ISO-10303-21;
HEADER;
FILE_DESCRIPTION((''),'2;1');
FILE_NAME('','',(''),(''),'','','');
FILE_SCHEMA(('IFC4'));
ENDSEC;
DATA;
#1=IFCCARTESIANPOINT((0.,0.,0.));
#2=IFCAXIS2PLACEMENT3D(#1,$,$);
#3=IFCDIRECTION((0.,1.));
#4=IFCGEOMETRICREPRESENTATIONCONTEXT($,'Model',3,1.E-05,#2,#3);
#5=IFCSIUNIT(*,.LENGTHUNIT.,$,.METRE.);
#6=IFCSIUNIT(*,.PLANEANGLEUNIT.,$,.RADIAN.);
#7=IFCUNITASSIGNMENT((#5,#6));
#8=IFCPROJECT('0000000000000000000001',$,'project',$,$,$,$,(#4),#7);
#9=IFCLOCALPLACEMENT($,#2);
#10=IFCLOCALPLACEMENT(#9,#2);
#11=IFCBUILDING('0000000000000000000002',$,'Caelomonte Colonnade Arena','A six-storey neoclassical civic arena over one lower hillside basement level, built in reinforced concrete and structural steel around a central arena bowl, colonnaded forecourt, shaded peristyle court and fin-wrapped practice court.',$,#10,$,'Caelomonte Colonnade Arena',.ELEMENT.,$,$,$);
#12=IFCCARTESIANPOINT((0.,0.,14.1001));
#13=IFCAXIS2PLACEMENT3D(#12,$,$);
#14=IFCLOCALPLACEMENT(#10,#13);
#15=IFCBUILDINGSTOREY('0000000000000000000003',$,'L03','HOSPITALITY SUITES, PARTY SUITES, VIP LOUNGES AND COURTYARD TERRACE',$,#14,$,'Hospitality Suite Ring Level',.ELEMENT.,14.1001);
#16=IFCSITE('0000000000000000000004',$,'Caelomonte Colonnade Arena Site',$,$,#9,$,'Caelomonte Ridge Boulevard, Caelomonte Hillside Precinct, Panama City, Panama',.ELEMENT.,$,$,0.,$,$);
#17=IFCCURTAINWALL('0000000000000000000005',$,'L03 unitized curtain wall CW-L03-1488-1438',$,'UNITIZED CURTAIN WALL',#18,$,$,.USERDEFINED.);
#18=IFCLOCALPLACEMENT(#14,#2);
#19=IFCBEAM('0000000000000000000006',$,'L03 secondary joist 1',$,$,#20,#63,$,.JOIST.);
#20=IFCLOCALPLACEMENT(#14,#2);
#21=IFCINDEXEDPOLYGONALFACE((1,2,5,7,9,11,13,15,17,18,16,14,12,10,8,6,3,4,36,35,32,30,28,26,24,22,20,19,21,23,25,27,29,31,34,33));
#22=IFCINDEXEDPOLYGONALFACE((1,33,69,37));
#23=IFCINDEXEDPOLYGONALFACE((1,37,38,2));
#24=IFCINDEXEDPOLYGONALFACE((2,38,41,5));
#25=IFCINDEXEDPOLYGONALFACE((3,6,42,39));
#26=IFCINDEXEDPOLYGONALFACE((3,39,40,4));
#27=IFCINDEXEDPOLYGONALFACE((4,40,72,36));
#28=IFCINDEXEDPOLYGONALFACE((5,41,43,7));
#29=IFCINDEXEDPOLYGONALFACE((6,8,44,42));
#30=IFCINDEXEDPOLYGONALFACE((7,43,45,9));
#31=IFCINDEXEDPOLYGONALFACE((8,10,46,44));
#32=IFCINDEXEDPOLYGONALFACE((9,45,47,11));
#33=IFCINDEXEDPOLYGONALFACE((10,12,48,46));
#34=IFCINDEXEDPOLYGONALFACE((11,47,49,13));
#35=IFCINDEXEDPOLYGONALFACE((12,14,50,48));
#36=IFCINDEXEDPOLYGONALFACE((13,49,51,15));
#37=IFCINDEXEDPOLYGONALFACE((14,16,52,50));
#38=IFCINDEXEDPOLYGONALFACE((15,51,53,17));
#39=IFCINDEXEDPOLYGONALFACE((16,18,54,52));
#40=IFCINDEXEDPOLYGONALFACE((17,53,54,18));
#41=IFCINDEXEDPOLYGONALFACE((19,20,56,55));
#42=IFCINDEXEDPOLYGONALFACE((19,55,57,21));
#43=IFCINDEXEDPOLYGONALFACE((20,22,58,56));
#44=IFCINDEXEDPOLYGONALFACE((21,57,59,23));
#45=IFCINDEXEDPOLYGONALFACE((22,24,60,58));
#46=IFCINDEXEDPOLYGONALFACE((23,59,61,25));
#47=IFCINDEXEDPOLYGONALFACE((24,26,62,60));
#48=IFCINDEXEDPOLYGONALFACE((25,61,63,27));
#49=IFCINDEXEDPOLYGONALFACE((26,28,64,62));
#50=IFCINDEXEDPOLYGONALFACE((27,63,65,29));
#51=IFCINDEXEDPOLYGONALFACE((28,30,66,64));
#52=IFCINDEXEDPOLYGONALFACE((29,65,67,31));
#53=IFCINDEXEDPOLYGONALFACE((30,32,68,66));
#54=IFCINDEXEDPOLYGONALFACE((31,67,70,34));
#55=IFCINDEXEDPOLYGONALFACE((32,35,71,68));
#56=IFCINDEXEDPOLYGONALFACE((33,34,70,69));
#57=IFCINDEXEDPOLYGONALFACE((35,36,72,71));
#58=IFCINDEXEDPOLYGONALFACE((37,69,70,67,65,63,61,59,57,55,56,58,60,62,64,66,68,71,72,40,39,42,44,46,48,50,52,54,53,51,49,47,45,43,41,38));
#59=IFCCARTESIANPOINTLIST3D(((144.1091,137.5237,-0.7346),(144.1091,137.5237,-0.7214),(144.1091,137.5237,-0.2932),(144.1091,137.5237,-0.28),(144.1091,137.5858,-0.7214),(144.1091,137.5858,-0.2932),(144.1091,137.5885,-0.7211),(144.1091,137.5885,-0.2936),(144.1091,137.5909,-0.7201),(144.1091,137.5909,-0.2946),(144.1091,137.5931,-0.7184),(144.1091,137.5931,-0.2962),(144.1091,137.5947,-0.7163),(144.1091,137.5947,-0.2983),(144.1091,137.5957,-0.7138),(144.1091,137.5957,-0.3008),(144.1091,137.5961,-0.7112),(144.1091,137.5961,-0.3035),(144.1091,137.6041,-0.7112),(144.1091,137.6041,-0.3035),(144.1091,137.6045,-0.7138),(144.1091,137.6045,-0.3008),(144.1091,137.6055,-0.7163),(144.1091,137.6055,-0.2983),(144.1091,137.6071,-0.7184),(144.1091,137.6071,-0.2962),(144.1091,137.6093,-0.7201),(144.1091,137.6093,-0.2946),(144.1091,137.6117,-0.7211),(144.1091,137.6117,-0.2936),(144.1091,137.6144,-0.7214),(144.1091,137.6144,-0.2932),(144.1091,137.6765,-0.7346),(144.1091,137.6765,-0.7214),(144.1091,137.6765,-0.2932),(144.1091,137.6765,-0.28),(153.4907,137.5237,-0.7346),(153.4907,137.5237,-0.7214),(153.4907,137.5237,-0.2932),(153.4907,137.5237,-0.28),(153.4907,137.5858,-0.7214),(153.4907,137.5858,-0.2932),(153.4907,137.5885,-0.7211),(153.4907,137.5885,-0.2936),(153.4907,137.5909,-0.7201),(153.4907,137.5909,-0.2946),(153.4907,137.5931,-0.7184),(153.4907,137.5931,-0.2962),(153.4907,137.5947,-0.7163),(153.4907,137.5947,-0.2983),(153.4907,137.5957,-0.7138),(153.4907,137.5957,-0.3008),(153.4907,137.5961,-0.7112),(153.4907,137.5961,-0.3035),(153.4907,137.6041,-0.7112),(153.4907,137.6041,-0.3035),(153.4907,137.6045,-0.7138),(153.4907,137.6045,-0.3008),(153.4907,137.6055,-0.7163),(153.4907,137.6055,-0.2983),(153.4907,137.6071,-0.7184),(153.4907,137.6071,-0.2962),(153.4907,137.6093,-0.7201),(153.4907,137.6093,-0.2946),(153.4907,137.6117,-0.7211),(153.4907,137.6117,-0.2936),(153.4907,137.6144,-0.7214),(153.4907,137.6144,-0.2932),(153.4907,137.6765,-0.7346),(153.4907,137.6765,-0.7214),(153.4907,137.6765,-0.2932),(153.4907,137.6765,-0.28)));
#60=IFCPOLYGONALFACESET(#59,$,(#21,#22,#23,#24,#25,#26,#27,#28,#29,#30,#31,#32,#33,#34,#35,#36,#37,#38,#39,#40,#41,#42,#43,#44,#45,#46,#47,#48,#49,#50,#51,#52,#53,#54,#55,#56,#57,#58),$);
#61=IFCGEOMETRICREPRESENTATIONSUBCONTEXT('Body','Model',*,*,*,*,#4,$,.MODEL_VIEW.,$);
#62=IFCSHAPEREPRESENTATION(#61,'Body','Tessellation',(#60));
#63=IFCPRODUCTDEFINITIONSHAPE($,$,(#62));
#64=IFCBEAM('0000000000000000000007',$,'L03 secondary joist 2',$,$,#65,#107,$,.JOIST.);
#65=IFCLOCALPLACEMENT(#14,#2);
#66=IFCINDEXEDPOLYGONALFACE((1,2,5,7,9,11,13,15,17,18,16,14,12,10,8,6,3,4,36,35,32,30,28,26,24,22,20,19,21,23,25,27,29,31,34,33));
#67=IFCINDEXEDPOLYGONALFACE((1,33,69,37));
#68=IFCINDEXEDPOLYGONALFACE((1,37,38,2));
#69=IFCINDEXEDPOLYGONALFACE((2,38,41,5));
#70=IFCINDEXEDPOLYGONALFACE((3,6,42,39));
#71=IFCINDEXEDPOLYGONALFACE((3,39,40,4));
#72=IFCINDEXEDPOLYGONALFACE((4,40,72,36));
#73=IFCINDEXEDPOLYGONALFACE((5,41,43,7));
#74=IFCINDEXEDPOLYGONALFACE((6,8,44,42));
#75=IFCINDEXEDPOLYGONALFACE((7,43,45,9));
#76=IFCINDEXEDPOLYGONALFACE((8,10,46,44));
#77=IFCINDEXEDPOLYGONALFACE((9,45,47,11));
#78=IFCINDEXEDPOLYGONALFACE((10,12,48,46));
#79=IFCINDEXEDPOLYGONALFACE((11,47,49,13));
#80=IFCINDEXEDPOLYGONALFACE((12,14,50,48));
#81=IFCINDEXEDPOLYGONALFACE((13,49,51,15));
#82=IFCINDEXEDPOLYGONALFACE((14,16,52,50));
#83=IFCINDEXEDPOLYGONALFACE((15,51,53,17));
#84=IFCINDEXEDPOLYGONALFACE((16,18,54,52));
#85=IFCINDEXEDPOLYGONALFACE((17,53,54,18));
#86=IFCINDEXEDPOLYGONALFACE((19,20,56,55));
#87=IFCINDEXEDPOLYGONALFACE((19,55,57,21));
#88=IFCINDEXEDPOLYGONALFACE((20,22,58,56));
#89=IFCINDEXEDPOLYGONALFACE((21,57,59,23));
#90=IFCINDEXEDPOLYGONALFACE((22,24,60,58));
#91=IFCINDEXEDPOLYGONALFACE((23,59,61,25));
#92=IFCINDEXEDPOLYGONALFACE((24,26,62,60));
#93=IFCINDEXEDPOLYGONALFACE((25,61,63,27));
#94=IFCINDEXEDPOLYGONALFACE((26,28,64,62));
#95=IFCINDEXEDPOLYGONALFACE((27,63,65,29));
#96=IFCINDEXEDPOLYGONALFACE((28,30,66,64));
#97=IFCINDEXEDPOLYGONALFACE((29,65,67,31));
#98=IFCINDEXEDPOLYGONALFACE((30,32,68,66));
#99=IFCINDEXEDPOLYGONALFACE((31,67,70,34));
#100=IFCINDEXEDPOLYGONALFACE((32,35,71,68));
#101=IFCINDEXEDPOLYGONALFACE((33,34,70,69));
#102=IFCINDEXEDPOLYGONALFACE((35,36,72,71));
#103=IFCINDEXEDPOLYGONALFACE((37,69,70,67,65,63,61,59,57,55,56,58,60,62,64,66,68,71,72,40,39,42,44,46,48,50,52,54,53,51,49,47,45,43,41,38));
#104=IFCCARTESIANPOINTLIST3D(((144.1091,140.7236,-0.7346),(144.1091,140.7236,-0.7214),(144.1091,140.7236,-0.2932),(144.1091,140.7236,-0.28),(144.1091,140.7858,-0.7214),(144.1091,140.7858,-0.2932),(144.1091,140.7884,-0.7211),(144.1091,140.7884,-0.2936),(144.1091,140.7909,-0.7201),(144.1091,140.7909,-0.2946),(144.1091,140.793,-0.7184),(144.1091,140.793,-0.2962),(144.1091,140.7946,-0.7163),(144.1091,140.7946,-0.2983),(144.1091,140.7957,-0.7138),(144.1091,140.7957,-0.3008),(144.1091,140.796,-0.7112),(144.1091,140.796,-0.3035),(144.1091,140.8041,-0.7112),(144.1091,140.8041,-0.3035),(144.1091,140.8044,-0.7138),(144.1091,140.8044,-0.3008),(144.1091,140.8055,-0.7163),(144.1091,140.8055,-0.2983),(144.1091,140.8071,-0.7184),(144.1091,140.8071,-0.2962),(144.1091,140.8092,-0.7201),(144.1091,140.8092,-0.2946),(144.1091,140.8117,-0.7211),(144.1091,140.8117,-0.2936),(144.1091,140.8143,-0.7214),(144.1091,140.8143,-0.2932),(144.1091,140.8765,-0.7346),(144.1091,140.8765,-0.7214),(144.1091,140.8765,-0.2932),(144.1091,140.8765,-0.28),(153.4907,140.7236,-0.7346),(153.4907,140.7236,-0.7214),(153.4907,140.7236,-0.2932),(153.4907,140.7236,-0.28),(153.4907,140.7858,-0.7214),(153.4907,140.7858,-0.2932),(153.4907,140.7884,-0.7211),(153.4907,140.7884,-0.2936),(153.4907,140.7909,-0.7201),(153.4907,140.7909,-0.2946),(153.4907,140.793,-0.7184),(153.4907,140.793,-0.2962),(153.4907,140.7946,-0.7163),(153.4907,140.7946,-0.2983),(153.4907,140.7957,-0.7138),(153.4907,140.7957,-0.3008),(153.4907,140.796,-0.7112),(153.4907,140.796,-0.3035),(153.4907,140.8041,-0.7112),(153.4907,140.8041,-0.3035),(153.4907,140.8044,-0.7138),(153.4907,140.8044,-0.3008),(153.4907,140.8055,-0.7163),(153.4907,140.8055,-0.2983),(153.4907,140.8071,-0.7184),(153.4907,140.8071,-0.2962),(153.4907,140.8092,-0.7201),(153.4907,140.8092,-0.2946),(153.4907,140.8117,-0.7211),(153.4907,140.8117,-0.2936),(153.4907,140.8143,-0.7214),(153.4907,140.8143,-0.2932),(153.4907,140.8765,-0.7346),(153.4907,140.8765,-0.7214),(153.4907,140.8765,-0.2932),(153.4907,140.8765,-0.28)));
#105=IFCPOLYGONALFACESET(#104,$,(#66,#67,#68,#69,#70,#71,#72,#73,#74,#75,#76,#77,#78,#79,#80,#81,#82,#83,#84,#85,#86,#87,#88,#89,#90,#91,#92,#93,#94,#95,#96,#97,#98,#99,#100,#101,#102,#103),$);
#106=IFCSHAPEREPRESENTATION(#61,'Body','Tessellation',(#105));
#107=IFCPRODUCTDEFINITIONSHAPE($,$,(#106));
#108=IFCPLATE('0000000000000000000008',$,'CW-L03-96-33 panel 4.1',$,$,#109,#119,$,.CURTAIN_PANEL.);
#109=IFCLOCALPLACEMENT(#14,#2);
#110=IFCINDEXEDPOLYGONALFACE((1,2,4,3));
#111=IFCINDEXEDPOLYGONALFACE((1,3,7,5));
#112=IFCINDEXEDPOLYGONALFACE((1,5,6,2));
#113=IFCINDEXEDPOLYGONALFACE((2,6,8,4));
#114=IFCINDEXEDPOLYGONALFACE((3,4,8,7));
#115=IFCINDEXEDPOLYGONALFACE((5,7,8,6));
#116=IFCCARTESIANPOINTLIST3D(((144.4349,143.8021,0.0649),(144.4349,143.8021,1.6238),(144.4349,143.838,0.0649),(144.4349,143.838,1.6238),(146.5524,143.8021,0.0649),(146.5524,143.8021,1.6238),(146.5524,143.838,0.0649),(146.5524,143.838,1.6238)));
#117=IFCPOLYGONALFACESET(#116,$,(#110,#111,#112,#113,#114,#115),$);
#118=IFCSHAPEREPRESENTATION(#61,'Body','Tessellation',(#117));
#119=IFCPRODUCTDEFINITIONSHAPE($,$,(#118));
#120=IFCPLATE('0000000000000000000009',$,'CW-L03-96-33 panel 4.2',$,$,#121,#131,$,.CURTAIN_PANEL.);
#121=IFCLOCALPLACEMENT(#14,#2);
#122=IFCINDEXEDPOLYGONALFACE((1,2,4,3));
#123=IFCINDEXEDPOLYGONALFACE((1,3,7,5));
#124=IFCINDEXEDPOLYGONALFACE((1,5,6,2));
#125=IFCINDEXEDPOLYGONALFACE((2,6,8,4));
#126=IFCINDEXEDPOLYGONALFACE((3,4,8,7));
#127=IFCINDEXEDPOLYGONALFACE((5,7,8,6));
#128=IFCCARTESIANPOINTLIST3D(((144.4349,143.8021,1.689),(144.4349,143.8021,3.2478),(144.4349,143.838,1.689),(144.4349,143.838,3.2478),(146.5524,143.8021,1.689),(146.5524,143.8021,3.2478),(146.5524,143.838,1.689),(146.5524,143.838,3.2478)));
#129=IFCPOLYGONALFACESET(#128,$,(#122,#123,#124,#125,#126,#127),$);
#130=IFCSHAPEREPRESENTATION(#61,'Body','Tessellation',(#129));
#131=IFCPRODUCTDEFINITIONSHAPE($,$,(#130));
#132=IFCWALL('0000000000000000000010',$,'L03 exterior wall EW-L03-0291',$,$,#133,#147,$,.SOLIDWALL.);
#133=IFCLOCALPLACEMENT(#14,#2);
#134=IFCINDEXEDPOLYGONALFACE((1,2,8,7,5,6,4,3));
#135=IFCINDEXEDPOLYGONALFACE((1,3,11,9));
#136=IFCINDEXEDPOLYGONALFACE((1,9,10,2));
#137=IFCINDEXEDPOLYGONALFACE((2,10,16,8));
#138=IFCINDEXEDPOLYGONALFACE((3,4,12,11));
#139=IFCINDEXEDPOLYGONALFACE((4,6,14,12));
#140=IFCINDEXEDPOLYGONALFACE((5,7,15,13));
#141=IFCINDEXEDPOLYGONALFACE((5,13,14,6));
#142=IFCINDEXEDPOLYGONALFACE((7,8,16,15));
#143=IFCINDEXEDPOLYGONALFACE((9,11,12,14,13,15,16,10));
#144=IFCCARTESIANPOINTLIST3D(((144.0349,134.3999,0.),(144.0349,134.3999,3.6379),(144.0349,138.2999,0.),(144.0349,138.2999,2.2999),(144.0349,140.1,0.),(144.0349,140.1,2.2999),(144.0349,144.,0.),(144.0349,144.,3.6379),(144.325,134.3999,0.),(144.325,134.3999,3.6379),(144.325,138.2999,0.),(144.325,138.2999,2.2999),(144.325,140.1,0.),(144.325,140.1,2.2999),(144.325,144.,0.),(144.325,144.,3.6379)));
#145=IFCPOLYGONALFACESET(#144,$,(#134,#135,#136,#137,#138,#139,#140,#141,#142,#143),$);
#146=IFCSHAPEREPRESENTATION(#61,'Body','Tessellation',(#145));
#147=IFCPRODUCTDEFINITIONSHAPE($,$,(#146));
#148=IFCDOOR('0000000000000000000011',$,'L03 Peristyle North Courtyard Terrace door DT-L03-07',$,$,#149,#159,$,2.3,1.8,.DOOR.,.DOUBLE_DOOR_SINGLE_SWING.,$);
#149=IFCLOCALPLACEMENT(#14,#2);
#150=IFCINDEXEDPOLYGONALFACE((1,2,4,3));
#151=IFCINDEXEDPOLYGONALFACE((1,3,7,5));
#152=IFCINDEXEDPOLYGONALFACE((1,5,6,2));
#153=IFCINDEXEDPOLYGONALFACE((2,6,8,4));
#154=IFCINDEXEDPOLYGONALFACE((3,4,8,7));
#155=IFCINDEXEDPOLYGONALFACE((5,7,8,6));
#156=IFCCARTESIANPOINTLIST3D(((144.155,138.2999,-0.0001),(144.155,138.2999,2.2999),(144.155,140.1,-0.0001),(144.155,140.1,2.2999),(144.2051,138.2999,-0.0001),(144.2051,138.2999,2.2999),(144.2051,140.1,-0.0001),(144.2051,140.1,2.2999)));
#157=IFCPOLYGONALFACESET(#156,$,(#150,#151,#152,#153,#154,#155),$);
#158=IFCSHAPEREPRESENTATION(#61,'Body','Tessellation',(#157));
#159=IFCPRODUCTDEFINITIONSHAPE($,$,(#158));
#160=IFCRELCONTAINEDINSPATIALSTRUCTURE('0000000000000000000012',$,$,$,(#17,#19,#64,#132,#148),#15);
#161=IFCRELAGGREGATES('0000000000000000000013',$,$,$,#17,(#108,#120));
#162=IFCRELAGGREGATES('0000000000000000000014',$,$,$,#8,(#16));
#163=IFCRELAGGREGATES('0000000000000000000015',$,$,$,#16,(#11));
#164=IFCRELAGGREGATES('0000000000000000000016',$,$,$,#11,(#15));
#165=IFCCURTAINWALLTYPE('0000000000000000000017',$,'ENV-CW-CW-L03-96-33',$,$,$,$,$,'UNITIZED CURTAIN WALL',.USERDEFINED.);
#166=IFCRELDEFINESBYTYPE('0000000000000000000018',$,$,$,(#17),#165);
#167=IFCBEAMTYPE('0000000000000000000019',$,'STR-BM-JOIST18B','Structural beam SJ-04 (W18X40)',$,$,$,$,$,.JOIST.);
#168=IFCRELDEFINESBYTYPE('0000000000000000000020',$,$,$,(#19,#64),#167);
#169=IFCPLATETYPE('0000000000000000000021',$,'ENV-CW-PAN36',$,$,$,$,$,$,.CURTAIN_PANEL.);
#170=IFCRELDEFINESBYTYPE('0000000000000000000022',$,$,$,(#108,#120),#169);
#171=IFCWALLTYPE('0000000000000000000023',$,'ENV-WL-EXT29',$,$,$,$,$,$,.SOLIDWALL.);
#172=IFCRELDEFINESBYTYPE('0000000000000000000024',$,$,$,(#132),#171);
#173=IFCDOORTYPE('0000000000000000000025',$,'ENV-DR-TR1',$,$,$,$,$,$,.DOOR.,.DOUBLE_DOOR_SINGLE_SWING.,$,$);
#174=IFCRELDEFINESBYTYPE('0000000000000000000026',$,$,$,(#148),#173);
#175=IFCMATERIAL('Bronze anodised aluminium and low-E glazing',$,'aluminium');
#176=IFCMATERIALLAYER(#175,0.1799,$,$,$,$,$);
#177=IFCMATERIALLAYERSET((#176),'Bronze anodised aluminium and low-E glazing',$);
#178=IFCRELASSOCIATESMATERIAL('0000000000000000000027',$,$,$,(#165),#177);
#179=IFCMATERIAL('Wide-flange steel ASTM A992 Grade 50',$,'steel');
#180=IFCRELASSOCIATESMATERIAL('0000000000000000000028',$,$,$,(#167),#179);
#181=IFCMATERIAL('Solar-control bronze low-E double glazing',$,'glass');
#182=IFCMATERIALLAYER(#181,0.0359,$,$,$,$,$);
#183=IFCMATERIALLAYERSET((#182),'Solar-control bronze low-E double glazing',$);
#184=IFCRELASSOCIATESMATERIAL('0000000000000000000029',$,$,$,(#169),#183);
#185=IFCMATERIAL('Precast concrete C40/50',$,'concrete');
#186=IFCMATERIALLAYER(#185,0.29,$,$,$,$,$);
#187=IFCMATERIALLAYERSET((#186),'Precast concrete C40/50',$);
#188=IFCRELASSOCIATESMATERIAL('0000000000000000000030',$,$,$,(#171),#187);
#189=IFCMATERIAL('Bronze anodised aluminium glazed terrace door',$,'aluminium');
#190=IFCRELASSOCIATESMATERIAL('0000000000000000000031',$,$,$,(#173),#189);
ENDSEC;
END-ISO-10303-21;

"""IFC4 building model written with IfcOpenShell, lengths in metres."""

from ifc_helpers import new_model, si_unit, direction, frame, frame_2d, origin, origin_2d, place, context, subcontext, project, spatial, rectangle, i_section, extrude, material, layer, layer_set, material_profile, profile_set, type_object, element, fill, aggregate, save


model = new_model("IFC4")

# Units and contexts
model_context = context("Model", 3, precision=1e-05, world=origin(), true_north=direction((0.0, 1.0)))
body_context = subcontext(model_context, "Body", "Model", "MODEL_VIEW")
ifc_project = project(units=[si_unit("LENGTHUNIT", "METRE"), si_unit("PLANEANGLEUNIT", "RADIAN")], contexts=[model_context])

# Site, building, storey
site_placement = place(None, origin())
site = spatial("IfcSite", under=ifc_project, at=site_placement, Name="Caelomonte Colonnade Arena Site", LongName="Caelomonte Ridge Boulevard, Caelomonte Hillside Precinct, Panama City, Panama", CompositionType="ELEMENT", RefElevation=0.0)
building_placement = place(site_placement, origin())
building = spatial("IfcBuilding", under=site, at=building_placement, Name="Caelomonte Colonnade Arena", Description="A six-storey neoclassical civic arena over one lower hillside basement level, built in reinforced concrete and structural steel around a central arena bowl, colonnaded forecourt, shaded peristyle court and fin-wrapped practice court.", LongName="Caelomonte Colonnade Arena", CompositionType="ELEMENT")
storey_placement = place(building_placement, frame((0.0, 0.0, 14.1001)))
storey = spatial("IfcBuildingStorey", under=building, at=storey_placement, Name="L03", Description="HOSPITALITY SUITES, PARTY SUITES, VIP LOUNGES AND COURTYARD TERRACE", LongName="Hospitality Suite Ring Level", CompositionType="ELEMENT", Elevation=14.1001)

# Curtain wall
ifc_material_1 = material(Name="Bronze anodised aluminium and low-E glazing", Category="aluminium")
ifc_layer_1 = layer(ifc_material_1, 0.1799)
ifc_layer_set_1 = layer_set([ifc_layer_1], Name="Bronze anodised aluminium and low-E glazing")
curtain_wall_type = type_object("IfcCurtainWallType", Name="ENV-CW-CW-L03-96-33", ElementType="UNITIZED CURTAIN WALL", PredefinedType="USERDEFINED", material=ifc_layer_set_1)
curtain_wall_placement = place(storey_placement, origin())
curtain_wall = element("IfcCurtainWall", 1, at=curtain_wall_placement, inside=storey, type_object=curtain_wall_type, Name="L03 unitized curtain wall CW-L03-1488-1438", ObjectType="UNITIZED CURTAIN WALL", PredefinedType="USERDEFINED")

# Beams
ifc_material_2 = material(Name="Wide-flange steel ASTM A992 Grade 50", Category="steel")
ifc_material_profile_1 = material_profile(ifc_material_2, i_section(OverallWidth=0.1528, OverallDepth=0.4546, WebThickness=0.0081, FlangeThickness=0.0132, FilletRadius=0.0103, at=origin_2d()), Name="W18X40")
ifc_profile_set_1 = profile_set([ifc_material_profile_1], Name="Wide-flange steel ASTM A992 Grade 50")
beam_type_1 = type_object("IfcBeamType", Name="STR-BM-JOIST18B", Description="Structural beam SJ-04 (W18X40)", PredefinedType="JOIST", material=ifc_profile_set_1)
for number, where, z_axis, x_axis, name in (
    (2, (144.1091, 137.6001, -0.5073), (1.0, 0.0, 0.0), (0.0, 1.0, 0.0), "L03 secondary joist 1"),
    (3, (144.1091, 140.8, -0.5073), (1.0, 0.0, 0.0), (0.0, 1.0, 0.0), "L03 secondary joist 2"),
):
    element("IfcBeam", number, at=place(storey_placement, frame(where, z_axis=z_axis, x_axis=x_axis)), inside=storey, type_object=beam_type_1, Name=name, PredefinedType="JOIST", context=body_context, shape_type="SweptSolid", body=[
        extrude(i_section(OverallWidth=0.1528, OverallDepth=0.4546, WebThickness=0.0081, FlangeThickness=0.0132, FilletRadius=0.0103, at=origin_2d()), origin(), (0.0, 0.0, 1.0), 9.3816),
    ])

# Plates
ifc_material_3 = material(Name="Solar-control bronze low-E double glazing", Category="glass")
ifc_layer_2 = layer(ifc_material_3, 0.0359)
ifc_layer_set_2 = layer_set([ifc_layer_2], Name="Solar-control bronze low-E double glazing")
plate_type = type_object("IfcPlateType", Name="ENV-CW-PAN36", PredefinedType="CURTAIN_PANEL", material=ifc_layer_set_2)
plate_1_placement = place(storey_placement, frame((145.4937, 143.8201, 0.0649), z_axis=(0.0, 0.0, 1.0), x_axis=(-1.0, 0.0, 0.0)))
plate_1 = element("IfcPlate", 4, at=plate_1_placement, type_object=plate_type, Name="CW-L03-96-33 panel 4.1", PredefinedType="CURTAIN_PANEL", context=body_context, shape_type="SweptSolid", body=[
    extrude(rectangle(XDim=2.1174, YDim=0.0359, at=origin_2d()), origin(), (0.0, 0.0, 1.0), 1.5588),
])
plate_2_placement = place(storey_placement, frame((145.4937, 143.8201, 1.689), z_axis=(0.0, 0.0, 1.0), x_axis=(-1.0, 0.0, 0.0)))
plate_2 = element("IfcPlate", 5, at=plate_2_placement, type_object=plate_type, Name="CW-L03-96-33 panel 4.2", PredefinedType="CURTAIN_PANEL", context=body_context, shape_type="SweptSolid", body=[
    extrude(rectangle(XDim=2.1174, YDim=0.0359, at=origin_2d()), origin(), (0.0, 0.0, 1.0), 1.5588),
])
aggregate(curtain_wall, [plate_1, plate_2])

# Wall, opening, door
ifc_material_4 = material(Name="Precast concrete C40/50", Category="concrete")
ifc_layer_3 = layer(ifc_material_4, 0.29)
ifc_layer_set_3 = layer_set([ifc_layer_3], Name="Precast concrete C40/50")
wall_type = type_object("IfcWallType", Name="ENV-WL-EXT29", PredefinedType="SOLIDWALL", material=ifc_layer_set_3)
wall_1_placement = place(storey_placement, frame((144.1799, 144.0, 0.0), z_axis=(0.0, 0.0, 1.0), x_axis=(0.0, -1.0, 0.0)))
wall_1 = element("IfcWall", 6, at=wall_1_placement, inside=storey, type_object=wall_type, Name="L03 exterior wall EW-L03-0291", PredefinedType="SOLIDWALL", context=body_context, shape_type="SweptSolid", body=[
    extrude(rectangle(XDim=9.6001, YDim=0.29, at=frame_2d((4.8, 0.0))), origin(), (0.0, 0.0, 1.0), 3.6379),
])
opening_1_placement = place(wall_1_placement, frame((5.7, 0.0, 0.0), z_axis=(0.0, 0.0, 1.0), x_axis=(-1.0, 0.0, 0.0)))
opening_1 = element("IfcOpeningElement", 7, at=opening_1_placement, cuts=wall_1, PredefinedType="OPENING", context=body_context, shape_type="SweptSolid", body=[
    extrude(rectangle(XDim=1.8, YDim=2.3, at=frame_2d((0.8999, 1.1499))), frame((0.0, 0.155, 0.0), z_axis=(0.0, -1.0, 0.0), x_axis=(1.0, 0.0, 0.0)), (0.0, 0.0, 1.0), 0.3101),
])
ifc_material_5 = material(Name="Bronze anodised aluminium glazed terrace door", Category="aluminium")
door_type = type_object("IfcDoorType", Name="ENV-DR-TR1", OperationType="DOUBLE_DOOR_SINGLE_SWING", PredefinedType="DOOR", material=ifc_material_5)
door_placement = place(opening_1_placement, origin())
door = element("IfcDoor", 8, at=door_placement, inside=storey, type_object=door_type, Name="L03 Peristyle North Courtyard Terrace door DT-L03-07", OperationType="DOUBLE_DOOR_SINGLE_SWING", OverallHeight=2.3, OverallWidth=1.8, PredefinedType="DOOR", context=body_context, shape_type="SweptSolid", body=[
    extrude(rectangle(XDim=1.8, YDim=2.3, at=frame_2d((0.8999, 1.1499))), frame((0.0, 0.0249, 0.0), z_axis=(0.0, -1.0, 0.0), x_axis=(1.0, 0.0, 0.0)), (0.0, 0.0, 1.0), 0.05),
])
fill(opening_1, door)

save(model, "model.ifc")
